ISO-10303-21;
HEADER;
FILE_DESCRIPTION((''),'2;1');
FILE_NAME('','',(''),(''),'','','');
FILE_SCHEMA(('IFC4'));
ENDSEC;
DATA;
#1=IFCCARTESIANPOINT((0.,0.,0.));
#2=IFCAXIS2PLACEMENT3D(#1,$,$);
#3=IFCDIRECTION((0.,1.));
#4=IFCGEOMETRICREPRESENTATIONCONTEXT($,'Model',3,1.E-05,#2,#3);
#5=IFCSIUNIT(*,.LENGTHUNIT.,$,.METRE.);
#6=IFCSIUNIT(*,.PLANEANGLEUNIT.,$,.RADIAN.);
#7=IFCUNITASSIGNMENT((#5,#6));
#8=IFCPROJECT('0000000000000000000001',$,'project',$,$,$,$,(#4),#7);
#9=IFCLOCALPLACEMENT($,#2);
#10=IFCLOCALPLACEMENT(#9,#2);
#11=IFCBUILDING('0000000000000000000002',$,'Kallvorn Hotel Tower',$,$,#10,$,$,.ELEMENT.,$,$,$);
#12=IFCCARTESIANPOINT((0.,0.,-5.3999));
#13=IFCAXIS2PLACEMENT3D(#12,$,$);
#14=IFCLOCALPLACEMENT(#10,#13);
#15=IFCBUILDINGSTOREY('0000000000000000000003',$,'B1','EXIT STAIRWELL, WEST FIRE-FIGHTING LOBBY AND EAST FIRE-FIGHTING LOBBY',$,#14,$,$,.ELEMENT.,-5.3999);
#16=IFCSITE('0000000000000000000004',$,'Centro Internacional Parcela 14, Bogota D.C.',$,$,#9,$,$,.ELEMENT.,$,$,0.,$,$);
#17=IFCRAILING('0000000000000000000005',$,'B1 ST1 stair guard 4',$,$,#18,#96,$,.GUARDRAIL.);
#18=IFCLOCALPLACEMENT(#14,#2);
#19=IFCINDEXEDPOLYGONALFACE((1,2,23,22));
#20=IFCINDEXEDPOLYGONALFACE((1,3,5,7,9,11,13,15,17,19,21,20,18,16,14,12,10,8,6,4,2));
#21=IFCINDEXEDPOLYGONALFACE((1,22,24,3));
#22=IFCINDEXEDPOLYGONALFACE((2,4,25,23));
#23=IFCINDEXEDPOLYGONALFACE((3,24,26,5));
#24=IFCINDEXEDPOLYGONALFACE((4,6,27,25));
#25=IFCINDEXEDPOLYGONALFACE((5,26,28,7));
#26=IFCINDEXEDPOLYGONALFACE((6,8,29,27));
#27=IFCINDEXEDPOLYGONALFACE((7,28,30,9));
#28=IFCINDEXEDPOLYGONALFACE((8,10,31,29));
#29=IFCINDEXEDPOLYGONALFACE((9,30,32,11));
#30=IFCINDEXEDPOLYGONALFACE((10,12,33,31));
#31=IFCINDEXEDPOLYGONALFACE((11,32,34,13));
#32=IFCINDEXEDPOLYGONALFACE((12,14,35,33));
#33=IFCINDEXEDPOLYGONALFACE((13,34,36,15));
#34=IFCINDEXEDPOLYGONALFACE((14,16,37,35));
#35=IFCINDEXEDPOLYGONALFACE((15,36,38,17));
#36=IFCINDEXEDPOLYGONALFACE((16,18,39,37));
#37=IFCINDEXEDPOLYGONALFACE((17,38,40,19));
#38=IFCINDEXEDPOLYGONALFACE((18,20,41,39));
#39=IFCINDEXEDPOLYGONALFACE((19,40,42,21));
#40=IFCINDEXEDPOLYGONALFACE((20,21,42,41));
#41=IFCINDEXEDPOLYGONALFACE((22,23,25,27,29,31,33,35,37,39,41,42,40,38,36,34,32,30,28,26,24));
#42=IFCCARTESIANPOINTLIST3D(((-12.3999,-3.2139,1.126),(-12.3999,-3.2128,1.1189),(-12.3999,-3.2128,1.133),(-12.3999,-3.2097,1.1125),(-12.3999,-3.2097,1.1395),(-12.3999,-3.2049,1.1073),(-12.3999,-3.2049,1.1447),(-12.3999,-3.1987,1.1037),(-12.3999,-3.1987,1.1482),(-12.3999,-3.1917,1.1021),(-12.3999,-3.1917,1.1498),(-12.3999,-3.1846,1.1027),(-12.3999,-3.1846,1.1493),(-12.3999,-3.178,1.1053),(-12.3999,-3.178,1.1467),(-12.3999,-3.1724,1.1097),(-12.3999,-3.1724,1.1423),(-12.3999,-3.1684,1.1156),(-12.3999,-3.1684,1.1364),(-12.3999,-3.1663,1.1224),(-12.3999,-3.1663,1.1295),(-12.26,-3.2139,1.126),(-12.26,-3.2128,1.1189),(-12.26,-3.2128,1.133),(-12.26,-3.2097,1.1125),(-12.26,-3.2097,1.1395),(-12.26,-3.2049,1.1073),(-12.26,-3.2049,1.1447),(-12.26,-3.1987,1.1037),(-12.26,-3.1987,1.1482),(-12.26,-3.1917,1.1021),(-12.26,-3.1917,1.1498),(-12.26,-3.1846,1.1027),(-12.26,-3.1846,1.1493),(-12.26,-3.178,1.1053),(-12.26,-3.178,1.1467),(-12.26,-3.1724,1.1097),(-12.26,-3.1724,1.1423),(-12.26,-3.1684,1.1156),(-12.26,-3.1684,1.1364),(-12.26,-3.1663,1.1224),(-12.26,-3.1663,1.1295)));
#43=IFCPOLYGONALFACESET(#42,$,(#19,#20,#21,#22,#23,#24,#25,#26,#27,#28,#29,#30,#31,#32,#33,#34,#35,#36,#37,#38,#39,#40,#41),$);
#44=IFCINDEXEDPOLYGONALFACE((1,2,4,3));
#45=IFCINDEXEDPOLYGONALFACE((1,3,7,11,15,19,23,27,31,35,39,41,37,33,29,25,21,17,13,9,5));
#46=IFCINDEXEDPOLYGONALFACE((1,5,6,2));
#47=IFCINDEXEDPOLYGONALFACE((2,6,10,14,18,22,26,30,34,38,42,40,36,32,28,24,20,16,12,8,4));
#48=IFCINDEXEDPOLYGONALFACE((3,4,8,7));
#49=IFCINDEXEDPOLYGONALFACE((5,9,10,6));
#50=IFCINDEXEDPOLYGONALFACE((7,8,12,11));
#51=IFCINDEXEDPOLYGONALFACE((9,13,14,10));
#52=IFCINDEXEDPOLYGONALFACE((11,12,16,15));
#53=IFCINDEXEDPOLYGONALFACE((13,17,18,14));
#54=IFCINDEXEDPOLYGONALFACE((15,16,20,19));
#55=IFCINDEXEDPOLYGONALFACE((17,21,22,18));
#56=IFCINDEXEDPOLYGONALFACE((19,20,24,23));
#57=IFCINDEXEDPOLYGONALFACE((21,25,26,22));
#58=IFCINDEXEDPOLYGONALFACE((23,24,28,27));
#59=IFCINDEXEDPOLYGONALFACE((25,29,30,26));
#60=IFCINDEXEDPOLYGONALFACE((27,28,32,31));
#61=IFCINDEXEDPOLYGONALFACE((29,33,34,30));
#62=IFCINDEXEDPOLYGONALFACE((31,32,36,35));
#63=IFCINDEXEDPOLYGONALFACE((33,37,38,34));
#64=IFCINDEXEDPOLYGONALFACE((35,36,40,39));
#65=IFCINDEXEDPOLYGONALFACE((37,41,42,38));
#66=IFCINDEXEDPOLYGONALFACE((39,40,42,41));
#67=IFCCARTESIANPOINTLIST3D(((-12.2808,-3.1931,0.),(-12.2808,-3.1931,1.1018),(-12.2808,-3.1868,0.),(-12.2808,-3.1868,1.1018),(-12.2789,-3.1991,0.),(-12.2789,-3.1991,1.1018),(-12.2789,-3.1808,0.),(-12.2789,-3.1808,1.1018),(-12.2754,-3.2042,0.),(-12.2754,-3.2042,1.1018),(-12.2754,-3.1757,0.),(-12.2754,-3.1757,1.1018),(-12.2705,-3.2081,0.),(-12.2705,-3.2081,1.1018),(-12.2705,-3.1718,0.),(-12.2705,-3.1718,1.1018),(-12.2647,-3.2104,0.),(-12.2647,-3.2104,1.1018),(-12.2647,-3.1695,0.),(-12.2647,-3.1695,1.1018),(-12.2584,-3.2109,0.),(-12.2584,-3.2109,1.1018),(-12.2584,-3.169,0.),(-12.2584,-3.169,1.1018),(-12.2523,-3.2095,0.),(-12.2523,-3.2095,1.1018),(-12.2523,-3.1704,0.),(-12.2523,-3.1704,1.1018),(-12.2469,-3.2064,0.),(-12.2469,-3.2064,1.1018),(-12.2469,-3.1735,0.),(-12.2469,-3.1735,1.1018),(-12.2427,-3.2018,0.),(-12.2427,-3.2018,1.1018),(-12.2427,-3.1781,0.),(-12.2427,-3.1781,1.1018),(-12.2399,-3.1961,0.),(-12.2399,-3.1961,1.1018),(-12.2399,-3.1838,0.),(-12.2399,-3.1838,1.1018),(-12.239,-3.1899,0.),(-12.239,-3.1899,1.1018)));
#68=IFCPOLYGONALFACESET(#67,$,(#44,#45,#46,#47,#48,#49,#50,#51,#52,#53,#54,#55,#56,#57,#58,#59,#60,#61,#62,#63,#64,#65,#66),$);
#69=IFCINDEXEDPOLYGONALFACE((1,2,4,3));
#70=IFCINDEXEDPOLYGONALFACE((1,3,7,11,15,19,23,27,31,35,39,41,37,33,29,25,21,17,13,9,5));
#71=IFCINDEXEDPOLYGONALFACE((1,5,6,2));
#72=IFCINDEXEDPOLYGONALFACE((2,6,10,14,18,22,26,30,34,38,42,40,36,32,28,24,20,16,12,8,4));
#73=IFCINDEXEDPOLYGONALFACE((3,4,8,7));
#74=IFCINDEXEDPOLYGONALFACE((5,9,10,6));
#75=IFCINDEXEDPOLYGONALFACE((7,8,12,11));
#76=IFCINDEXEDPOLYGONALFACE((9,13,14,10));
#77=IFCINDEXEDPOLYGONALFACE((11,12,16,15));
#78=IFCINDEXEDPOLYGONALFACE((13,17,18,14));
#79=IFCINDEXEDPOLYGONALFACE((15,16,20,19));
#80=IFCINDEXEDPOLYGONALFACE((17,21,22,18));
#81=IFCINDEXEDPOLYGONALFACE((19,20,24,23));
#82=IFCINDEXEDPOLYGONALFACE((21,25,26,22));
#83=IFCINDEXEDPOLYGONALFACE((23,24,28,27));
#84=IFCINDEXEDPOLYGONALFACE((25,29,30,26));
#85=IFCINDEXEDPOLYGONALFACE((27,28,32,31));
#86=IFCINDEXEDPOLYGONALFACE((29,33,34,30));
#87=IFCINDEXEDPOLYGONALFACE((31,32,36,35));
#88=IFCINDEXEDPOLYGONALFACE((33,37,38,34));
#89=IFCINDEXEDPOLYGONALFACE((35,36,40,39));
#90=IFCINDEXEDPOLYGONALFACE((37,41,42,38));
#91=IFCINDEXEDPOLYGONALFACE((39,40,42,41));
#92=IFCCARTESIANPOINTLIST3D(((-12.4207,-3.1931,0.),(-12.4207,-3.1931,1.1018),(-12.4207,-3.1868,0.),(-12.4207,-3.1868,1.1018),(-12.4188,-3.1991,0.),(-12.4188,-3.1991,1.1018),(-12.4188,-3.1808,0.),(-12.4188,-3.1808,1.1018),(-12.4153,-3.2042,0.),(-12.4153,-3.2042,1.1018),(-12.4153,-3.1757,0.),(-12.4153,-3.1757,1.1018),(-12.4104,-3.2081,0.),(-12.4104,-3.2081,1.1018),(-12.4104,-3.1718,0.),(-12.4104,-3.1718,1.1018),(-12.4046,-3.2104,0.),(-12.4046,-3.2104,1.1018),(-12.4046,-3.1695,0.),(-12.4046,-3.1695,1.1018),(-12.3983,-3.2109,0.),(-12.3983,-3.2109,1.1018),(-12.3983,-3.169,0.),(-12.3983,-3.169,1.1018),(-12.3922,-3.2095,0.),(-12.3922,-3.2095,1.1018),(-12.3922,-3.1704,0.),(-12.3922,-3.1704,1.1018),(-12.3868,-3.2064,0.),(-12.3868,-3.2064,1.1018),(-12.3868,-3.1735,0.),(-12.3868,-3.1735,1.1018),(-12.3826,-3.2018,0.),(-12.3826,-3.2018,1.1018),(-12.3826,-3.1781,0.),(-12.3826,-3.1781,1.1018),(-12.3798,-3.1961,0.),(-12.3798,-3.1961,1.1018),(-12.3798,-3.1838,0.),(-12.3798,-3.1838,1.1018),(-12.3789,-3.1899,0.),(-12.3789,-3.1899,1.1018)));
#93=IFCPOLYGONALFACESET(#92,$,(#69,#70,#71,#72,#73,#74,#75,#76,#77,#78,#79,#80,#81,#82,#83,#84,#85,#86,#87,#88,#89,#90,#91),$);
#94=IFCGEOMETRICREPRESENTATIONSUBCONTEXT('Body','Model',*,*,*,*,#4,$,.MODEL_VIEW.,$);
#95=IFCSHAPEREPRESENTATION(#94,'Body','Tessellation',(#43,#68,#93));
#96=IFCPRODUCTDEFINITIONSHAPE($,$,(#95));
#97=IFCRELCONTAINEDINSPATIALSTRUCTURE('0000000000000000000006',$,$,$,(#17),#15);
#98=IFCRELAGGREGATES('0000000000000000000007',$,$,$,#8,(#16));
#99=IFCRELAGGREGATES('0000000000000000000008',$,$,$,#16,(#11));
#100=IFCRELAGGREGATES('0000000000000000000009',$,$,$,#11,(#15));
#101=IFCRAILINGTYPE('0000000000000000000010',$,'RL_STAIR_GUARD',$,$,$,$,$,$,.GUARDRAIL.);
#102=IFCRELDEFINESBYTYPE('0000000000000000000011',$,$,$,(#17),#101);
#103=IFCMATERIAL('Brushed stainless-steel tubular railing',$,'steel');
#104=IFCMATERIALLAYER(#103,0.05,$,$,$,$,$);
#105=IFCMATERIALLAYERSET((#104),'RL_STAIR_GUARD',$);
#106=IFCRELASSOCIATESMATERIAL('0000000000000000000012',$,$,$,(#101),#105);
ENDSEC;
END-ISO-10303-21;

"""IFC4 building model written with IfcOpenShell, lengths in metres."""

from ifc_helpers import new_model, si_unit, direction, frame, origin, origin_2d, place, context, subcontext, project, spatial, circle, extrude, material, layer, layer_set, type_object, element, save


model = new_model("IFC4")

# Units and contexts
model_context = context("Model", 3, precision=1e-05, world=origin(), true_north=direction((0.0, 1.0)))
body_context = subcontext(model_context, "Body", "Model", "MODEL_VIEW")
ifc_project = project(units=[si_unit("LENGTHUNIT", "METRE"), si_unit("PLANEANGLEUNIT", "RADIAN")], contexts=[model_context])

# Site, building, storey
site_placement = place(None, origin())
site = spatial("IfcSite", under=ifc_project, at=site_placement, Name="Centro Internacional Parcela 14, Bogota D.C.", CompositionType="ELEMENT", RefElevation=0.0)
building_placement = place(site_placement, origin())
building = spatial("IfcBuilding", under=site, at=building_placement, Name="Kallvorn Hotel Tower", CompositionType="ELEMENT")
storey_placement = place(building_placement, frame((0.0, 0.0, -5.3999)))
storey = spatial("IfcBuildingStorey", under=building, at=storey_placement, Name="B1", Description="EXIT STAIRWELL, WEST FIRE-FIGHTING LOBBY AND EAST FIRE-FIGHTING LOBBY", CompositionType="ELEMENT", Elevation=-5.3999)

# Railing
ifc_material_1 = material(Name="Brushed stainless-steel tubular railing", Category="steel")
ifc_layer_1 = layer(ifc_material_1, 0.05)
ifc_layer_set_1 = layer_set([ifc_layer_1], Name="RL_STAIR_GUARD")
railing_type_1 = type_object("IfcRailingType", Name="RL_STAIR_GUARD", PredefinedType="GUARDRAIL", material=ifc_layer_set_1)
railing_1_placement = place(storey_placement, frame((-12.26, -3.1899, 0.0)))
element("IfcRailing", 1, at=railing_1_placement, inside=storey, type_object=railing_type_1, Name="B1 ST1 stair guard 4", PredefinedType="GUARDRAIL", context=body_context, shape_type="SweptSolid", body=[
    extrude(circle(Radius=0.0239, at=origin_2d()), frame((0.0, 0.0, 1.126), z_axis=(-1.0, 0.0, 0.0), x_axis=(0.0, -1.0, 0.0)), (0.0, 0.0, 1.0), 0.1399),
    extrude(circle(Radius=0.021, at=origin_2d()), origin(), (0.0, 0.0, 1.0), 1.1018),
    extrude(circle(Radius=0.021, at=origin_2d()), frame((-0.1399, 0.0, 0.0)), (0.0, 0.0, 1.0), 1.1018),
])

save(model, "model.ifc")
